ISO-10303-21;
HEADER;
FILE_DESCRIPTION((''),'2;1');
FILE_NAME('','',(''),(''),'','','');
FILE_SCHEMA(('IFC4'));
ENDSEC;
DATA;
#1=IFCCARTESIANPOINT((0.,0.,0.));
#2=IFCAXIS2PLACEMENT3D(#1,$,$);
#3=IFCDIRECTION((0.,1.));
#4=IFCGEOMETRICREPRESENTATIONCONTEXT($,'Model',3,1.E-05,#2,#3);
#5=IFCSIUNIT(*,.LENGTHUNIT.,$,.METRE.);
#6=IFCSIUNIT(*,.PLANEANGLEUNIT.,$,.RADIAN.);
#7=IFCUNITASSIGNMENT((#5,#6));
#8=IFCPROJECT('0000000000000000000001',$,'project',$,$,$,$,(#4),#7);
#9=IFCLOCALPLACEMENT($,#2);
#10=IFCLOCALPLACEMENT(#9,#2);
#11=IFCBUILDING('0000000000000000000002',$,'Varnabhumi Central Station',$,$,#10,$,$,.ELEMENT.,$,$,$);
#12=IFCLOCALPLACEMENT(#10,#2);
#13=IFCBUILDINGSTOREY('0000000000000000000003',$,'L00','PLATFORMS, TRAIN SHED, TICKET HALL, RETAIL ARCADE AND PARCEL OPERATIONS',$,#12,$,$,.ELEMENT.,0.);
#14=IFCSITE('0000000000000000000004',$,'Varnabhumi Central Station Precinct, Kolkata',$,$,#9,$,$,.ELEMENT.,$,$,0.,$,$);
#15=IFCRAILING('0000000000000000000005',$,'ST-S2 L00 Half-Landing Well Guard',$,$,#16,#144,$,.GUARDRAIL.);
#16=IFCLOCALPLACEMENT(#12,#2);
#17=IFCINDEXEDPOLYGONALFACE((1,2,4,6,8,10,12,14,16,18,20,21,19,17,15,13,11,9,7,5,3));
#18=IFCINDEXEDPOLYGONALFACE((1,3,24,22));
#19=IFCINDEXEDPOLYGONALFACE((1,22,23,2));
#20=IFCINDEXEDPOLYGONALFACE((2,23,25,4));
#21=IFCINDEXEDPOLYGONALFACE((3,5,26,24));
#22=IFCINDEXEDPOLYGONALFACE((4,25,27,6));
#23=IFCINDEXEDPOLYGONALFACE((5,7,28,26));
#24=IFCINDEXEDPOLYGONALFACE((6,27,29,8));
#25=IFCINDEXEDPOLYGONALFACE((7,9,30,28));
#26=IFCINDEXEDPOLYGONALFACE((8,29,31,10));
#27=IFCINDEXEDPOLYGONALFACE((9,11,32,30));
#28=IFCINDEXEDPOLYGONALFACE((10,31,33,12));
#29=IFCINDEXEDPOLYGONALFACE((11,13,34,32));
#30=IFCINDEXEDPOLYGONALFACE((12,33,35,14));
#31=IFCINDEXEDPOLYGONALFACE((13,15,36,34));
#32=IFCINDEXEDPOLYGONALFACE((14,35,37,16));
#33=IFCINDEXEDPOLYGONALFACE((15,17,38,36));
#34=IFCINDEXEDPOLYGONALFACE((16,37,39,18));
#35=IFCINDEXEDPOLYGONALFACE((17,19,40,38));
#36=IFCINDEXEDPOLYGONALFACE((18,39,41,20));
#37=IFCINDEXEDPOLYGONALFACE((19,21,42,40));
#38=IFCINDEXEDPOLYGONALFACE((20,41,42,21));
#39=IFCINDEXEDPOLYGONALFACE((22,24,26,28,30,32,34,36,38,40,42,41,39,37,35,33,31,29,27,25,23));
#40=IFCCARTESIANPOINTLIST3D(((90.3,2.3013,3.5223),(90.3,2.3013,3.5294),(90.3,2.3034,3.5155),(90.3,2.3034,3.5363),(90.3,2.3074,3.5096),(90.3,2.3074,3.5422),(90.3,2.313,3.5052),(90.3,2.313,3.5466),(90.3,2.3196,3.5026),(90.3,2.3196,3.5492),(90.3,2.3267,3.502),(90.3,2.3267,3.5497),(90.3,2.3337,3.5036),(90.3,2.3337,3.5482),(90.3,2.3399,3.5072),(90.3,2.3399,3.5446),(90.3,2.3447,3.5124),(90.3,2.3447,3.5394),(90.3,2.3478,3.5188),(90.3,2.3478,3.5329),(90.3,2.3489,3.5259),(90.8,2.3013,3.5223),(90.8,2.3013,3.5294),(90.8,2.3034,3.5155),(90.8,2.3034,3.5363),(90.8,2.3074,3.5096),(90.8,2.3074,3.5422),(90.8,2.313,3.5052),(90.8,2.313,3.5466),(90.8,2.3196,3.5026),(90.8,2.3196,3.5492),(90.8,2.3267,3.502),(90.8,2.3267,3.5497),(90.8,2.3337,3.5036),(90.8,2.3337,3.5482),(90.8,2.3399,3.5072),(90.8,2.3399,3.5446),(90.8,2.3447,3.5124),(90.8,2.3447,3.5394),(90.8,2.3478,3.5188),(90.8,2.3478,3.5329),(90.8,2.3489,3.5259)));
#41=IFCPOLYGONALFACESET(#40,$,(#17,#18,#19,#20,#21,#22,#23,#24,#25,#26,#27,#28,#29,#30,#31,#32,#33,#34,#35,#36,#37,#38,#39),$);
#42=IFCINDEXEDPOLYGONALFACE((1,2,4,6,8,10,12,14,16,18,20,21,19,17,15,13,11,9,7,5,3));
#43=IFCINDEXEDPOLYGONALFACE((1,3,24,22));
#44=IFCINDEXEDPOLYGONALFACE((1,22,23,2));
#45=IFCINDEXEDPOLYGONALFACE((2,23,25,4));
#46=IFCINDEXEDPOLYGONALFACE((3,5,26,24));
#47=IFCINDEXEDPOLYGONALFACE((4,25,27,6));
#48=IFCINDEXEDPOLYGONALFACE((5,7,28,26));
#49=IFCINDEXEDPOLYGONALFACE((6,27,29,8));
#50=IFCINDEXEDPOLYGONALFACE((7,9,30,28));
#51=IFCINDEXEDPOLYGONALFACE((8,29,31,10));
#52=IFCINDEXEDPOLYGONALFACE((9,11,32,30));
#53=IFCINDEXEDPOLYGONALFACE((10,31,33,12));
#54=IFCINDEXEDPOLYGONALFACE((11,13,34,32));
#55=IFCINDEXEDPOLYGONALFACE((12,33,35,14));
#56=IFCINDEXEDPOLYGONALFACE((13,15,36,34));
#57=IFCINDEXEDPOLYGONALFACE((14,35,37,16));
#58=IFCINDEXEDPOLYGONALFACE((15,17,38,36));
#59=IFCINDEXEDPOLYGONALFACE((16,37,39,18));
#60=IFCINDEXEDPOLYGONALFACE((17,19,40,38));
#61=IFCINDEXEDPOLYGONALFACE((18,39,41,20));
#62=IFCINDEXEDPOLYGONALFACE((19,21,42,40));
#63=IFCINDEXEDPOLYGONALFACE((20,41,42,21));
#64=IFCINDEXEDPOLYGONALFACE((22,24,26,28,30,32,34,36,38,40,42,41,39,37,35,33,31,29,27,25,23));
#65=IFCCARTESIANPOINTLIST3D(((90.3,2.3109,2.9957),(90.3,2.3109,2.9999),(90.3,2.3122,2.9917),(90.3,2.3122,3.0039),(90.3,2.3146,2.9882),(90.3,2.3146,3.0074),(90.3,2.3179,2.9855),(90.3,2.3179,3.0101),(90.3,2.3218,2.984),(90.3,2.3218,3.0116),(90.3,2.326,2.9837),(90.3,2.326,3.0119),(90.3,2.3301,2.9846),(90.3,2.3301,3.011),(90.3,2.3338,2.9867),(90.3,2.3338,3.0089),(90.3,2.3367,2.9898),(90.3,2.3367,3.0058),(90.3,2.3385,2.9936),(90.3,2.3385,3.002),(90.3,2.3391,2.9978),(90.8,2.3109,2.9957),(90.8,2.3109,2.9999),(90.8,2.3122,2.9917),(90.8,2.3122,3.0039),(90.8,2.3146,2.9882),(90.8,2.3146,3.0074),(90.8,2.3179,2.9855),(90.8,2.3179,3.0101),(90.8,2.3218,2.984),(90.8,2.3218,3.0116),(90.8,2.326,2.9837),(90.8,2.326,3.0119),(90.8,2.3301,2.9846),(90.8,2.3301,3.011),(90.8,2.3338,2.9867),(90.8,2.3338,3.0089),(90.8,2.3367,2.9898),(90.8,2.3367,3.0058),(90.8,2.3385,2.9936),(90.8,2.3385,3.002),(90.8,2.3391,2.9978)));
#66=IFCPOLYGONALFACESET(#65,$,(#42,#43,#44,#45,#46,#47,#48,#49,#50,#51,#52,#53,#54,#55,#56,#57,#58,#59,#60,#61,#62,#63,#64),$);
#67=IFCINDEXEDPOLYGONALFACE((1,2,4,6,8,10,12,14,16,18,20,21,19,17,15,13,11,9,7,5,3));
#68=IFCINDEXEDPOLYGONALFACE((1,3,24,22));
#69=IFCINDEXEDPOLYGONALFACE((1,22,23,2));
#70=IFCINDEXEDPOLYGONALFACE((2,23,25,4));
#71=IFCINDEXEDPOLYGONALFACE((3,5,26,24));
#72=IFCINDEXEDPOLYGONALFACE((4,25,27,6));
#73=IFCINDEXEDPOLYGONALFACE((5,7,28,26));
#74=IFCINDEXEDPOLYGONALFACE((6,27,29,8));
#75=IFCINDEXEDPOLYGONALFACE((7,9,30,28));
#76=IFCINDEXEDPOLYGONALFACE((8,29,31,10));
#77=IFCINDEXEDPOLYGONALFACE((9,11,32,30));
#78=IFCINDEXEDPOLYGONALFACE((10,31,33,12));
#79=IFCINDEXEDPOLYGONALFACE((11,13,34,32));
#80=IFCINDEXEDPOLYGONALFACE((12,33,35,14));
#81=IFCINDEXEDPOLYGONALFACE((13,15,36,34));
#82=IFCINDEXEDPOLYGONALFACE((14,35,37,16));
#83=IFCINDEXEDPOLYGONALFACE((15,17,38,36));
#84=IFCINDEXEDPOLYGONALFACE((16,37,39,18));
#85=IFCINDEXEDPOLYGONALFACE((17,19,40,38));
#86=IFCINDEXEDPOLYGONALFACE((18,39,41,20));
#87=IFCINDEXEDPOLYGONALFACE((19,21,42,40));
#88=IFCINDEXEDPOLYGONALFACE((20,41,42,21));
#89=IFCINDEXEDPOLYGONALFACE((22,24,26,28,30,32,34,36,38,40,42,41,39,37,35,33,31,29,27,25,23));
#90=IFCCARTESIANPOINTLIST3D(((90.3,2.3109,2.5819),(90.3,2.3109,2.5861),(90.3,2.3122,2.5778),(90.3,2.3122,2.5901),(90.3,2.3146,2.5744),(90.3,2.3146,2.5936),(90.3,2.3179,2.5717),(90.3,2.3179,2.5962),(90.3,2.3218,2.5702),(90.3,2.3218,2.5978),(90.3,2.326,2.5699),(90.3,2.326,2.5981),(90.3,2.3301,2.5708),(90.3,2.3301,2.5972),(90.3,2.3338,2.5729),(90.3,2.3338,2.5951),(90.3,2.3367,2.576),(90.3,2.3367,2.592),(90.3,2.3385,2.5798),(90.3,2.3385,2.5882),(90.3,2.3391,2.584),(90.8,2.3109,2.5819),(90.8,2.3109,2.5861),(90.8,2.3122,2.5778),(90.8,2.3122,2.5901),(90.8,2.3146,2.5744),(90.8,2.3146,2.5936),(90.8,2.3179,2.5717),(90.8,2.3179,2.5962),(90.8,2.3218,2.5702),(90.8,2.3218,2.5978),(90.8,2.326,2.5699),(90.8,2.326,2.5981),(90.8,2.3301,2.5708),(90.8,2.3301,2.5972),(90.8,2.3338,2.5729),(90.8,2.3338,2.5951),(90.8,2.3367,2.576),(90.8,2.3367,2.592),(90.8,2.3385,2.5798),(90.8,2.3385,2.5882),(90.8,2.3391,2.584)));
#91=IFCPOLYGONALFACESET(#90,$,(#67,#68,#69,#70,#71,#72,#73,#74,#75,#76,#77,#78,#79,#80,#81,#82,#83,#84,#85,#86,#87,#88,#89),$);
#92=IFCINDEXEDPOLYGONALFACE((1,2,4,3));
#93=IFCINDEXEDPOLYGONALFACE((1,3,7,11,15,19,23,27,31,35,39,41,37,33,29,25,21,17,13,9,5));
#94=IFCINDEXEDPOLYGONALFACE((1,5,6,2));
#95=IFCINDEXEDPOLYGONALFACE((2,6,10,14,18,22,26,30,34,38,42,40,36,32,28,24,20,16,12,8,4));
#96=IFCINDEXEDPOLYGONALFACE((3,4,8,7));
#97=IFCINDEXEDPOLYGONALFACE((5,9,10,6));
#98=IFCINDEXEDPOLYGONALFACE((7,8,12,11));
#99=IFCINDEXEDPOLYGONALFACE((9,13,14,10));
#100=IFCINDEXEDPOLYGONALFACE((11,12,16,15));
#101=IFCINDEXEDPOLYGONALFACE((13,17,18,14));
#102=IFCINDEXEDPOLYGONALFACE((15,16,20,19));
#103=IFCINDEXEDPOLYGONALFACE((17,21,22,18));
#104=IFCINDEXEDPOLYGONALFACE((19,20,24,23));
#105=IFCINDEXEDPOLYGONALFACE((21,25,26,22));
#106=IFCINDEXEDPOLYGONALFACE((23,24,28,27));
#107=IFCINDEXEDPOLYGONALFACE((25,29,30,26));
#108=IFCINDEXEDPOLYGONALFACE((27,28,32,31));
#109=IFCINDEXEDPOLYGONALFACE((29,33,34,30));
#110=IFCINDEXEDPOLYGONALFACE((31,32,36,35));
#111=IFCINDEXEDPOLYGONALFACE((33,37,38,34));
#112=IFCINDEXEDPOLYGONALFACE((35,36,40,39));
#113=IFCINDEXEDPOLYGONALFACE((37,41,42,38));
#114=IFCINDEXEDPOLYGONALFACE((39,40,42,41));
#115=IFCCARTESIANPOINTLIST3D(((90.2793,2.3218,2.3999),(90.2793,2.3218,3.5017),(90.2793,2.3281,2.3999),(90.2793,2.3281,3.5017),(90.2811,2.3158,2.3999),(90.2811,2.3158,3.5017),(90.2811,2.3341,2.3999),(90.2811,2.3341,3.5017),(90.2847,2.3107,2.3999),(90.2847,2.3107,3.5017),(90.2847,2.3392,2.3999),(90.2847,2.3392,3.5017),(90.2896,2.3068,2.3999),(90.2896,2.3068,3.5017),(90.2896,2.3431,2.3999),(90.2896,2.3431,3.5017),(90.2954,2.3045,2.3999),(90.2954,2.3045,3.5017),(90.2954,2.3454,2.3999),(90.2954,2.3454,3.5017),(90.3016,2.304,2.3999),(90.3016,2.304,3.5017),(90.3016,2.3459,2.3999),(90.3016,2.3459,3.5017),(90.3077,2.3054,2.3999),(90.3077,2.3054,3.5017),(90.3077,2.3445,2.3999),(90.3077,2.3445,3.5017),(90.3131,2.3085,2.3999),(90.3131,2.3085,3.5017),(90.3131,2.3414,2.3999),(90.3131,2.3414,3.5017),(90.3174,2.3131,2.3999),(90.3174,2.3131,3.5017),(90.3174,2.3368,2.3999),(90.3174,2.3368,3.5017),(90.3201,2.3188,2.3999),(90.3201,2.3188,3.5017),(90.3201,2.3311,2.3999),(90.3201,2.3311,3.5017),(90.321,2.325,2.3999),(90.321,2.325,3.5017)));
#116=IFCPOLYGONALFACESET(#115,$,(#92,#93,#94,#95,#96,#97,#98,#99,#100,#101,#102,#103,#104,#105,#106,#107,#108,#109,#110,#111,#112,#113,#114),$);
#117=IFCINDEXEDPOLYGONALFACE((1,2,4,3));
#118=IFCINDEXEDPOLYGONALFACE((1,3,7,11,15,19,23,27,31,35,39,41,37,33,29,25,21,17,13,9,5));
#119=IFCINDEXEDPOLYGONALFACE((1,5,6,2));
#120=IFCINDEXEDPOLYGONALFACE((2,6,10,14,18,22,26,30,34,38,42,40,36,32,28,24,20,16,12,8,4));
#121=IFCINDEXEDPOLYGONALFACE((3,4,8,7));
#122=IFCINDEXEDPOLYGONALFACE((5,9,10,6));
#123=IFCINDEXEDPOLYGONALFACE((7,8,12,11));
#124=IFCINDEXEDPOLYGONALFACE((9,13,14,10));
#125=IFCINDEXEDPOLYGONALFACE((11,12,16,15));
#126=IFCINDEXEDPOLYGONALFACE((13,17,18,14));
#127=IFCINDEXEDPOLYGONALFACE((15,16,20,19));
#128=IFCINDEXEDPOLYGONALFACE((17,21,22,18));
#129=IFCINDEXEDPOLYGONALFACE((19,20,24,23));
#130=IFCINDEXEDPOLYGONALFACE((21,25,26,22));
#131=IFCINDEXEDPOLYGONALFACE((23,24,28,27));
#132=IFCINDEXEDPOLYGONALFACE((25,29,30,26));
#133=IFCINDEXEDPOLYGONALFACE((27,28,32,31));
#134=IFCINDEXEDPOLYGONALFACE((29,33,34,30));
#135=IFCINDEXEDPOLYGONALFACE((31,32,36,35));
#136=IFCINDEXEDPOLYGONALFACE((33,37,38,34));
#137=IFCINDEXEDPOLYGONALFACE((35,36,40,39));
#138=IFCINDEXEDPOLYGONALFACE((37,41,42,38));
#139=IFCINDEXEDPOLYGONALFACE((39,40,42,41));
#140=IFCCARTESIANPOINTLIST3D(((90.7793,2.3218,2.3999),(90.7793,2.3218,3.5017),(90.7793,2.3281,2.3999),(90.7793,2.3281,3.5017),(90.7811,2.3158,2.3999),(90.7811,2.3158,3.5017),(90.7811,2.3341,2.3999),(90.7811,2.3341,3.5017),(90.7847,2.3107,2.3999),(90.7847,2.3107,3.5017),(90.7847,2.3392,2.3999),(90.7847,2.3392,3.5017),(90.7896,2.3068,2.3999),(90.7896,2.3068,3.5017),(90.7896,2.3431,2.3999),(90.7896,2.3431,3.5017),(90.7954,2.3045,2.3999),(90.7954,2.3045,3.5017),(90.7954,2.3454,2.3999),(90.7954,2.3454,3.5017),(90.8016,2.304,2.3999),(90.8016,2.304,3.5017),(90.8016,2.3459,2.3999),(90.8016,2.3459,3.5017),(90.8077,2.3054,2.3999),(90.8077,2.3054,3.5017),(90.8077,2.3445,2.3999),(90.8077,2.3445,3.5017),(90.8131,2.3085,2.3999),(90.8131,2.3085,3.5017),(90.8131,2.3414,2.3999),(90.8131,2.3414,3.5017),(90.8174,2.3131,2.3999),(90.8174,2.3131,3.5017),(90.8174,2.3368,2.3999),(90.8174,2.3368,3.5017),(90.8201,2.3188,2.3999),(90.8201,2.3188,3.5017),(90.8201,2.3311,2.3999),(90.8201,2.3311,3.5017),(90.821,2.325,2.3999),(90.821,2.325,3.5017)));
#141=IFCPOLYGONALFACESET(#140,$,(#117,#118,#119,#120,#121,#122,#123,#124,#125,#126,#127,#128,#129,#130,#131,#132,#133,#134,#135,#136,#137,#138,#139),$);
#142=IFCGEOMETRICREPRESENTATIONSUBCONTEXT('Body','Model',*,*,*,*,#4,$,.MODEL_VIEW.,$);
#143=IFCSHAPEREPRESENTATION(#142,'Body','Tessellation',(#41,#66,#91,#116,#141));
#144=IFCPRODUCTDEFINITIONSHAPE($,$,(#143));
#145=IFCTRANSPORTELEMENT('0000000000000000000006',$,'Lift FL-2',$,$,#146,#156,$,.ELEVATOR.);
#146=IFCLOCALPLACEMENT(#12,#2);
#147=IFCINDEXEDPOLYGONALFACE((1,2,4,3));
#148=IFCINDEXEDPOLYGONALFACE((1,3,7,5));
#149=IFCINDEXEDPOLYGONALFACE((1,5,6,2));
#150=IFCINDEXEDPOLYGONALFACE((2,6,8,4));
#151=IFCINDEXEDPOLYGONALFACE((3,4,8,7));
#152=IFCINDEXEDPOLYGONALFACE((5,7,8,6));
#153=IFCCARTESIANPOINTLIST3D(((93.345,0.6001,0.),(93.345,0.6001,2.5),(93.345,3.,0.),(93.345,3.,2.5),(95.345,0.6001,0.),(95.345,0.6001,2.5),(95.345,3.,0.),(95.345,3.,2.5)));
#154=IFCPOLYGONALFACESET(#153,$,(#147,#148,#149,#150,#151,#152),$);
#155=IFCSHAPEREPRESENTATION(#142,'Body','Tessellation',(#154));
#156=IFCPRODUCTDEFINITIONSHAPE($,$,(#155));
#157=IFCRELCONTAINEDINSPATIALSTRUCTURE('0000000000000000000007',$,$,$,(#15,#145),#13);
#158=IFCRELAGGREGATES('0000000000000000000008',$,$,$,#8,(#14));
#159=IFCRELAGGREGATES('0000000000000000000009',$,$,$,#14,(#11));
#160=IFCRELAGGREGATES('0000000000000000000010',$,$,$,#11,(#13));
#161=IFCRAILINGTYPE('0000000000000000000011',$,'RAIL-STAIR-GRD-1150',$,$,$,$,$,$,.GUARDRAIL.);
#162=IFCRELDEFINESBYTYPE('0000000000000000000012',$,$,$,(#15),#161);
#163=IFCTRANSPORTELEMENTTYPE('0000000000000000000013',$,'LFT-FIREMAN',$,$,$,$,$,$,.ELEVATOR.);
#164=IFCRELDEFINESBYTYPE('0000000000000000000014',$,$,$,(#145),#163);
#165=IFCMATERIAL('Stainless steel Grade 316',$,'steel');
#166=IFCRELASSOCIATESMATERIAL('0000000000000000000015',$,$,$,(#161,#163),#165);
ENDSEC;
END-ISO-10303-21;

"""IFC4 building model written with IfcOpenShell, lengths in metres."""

from ifc_helpers import new_model, si_unit, direction, frame, origin, origin_2d, place, context, subcontext, project, spatial, rectangle, circle, extrude, material, type_object, element, save


model = new_model("IFC4")

# Units and contexts
model_context = context("Model", 3, precision=1e-05, world=origin(), true_north=direction((0.0, 1.0)))
body_context = subcontext(model_context, "Body", "Model", "MODEL_VIEW")
ifc_project = project(units=[si_unit("LENGTHUNIT", "METRE"), si_unit("PLANEANGLEUNIT", "RADIAN")], contexts=[model_context])

# Site, building, storey
site_placement = place(None, origin())
site = spatial("IfcSite", under=ifc_project, at=site_placement, Name="Varnabhumi Central Station Precinct, Kolkata", CompositionType="ELEMENT", RefElevation=0.0)
building_placement = place(site_placement, origin())
building = spatial("IfcBuilding", under=site, at=building_placement, Name="Varnabhumi Central Station", CompositionType="ELEMENT")
storey_placement = place(building_placement, origin())
storey = spatial("IfcBuildingStorey", under=building, at=storey_placement, Name="L00", Description="PLATFORMS, TRAIN SHED, TICKET HALL, RETAIL ARCADE AND PARCEL OPERATIONS", CompositionType="ELEMENT", Elevation=0.0)

# Shared definitions
ifc_material_1 = material(Name="Stainless steel Grade 316", Category="steel")

# Railing
railing_type_1 = type_object("IfcRailingType", Name="RAIL-STAIR-GRD-1150", PredefinedType="GUARDRAIL", material=ifc_material_1)
railing_1_placement = place(storey_placement, frame((90.3, 2.325, 2.3999)))
element("IfcRailing", 1, at=railing_1_placement, inside=storey, type_object=railing_type_1, Name="ST-S2 L00 Half-Landing Well Guard", PredefinedType="GUARDRAIL", context=body_context, shape_type="SweptSolid", body=[
    extrude(circle(Radius=0.0239, at=origin_2d()), frame((0.0, 0.0, 1.126), z_axis=(1.0, 0.0, 0.0), x_axis=(0.0, 1.0, 0.0)), (0.0, 0.0, 1.0), 0.5),
    extrude(circle(Radius=0.0142, at=origin_2d()), frame((0.0, 0.0, 0.5979), z_axis=(1.0, 0.0, 0.0), x_axis=(0.0, 1.0, 0.0)), (0.0, 0.0, 1.0), 0.5),
    extrude(circle(Radius=0.0142, at=origin_2d()), frame((0.0, 0.0, 0.1841), z_axis=(1.0, 0.0, 0.0), x_axis=(0.0, 1.0, 0.0)), (0.0, 0.0, 1.0), 0.5),
    extrude(circle(Radius=0.021, at=origin_2d()), origin(), (0.0, 0.0, 1.0), 1.1018),
    extrude(circle(Radius=0.021, at=origin_2d()), frame((0.5, 0.0, 0.0)), (0.0, 0.0, 1.0), 1.1018),
])

# Transport element
transport_element_type = type_object("IfcTransportElementType", Name="LFT-FIREMAN", PredefinedType="ELEVATOR", material=ifc_material_1)
transport_element_placement = place(storey_placement, frame((94.345, 1.8, 0.0), z_axis=(0.0, 0.0, 1.0), x_axis=(1.0, 0.0, 0.0)))
element("IfcTransportElement", 2, at=transport_element_placement, inside=storey, type_object=transport_element_type, Name="Lift FL-2", PredefinedType="ELEVATOR", context=body_context, shape_type="SweptSolid", body=[
    extrude(rectangle(XDim=2.0, YDim=2.3999, at=origin_2d()), origin(), (0.0, 0.0, 1.0), 2.5),
])

save(model, "model.ifc")
